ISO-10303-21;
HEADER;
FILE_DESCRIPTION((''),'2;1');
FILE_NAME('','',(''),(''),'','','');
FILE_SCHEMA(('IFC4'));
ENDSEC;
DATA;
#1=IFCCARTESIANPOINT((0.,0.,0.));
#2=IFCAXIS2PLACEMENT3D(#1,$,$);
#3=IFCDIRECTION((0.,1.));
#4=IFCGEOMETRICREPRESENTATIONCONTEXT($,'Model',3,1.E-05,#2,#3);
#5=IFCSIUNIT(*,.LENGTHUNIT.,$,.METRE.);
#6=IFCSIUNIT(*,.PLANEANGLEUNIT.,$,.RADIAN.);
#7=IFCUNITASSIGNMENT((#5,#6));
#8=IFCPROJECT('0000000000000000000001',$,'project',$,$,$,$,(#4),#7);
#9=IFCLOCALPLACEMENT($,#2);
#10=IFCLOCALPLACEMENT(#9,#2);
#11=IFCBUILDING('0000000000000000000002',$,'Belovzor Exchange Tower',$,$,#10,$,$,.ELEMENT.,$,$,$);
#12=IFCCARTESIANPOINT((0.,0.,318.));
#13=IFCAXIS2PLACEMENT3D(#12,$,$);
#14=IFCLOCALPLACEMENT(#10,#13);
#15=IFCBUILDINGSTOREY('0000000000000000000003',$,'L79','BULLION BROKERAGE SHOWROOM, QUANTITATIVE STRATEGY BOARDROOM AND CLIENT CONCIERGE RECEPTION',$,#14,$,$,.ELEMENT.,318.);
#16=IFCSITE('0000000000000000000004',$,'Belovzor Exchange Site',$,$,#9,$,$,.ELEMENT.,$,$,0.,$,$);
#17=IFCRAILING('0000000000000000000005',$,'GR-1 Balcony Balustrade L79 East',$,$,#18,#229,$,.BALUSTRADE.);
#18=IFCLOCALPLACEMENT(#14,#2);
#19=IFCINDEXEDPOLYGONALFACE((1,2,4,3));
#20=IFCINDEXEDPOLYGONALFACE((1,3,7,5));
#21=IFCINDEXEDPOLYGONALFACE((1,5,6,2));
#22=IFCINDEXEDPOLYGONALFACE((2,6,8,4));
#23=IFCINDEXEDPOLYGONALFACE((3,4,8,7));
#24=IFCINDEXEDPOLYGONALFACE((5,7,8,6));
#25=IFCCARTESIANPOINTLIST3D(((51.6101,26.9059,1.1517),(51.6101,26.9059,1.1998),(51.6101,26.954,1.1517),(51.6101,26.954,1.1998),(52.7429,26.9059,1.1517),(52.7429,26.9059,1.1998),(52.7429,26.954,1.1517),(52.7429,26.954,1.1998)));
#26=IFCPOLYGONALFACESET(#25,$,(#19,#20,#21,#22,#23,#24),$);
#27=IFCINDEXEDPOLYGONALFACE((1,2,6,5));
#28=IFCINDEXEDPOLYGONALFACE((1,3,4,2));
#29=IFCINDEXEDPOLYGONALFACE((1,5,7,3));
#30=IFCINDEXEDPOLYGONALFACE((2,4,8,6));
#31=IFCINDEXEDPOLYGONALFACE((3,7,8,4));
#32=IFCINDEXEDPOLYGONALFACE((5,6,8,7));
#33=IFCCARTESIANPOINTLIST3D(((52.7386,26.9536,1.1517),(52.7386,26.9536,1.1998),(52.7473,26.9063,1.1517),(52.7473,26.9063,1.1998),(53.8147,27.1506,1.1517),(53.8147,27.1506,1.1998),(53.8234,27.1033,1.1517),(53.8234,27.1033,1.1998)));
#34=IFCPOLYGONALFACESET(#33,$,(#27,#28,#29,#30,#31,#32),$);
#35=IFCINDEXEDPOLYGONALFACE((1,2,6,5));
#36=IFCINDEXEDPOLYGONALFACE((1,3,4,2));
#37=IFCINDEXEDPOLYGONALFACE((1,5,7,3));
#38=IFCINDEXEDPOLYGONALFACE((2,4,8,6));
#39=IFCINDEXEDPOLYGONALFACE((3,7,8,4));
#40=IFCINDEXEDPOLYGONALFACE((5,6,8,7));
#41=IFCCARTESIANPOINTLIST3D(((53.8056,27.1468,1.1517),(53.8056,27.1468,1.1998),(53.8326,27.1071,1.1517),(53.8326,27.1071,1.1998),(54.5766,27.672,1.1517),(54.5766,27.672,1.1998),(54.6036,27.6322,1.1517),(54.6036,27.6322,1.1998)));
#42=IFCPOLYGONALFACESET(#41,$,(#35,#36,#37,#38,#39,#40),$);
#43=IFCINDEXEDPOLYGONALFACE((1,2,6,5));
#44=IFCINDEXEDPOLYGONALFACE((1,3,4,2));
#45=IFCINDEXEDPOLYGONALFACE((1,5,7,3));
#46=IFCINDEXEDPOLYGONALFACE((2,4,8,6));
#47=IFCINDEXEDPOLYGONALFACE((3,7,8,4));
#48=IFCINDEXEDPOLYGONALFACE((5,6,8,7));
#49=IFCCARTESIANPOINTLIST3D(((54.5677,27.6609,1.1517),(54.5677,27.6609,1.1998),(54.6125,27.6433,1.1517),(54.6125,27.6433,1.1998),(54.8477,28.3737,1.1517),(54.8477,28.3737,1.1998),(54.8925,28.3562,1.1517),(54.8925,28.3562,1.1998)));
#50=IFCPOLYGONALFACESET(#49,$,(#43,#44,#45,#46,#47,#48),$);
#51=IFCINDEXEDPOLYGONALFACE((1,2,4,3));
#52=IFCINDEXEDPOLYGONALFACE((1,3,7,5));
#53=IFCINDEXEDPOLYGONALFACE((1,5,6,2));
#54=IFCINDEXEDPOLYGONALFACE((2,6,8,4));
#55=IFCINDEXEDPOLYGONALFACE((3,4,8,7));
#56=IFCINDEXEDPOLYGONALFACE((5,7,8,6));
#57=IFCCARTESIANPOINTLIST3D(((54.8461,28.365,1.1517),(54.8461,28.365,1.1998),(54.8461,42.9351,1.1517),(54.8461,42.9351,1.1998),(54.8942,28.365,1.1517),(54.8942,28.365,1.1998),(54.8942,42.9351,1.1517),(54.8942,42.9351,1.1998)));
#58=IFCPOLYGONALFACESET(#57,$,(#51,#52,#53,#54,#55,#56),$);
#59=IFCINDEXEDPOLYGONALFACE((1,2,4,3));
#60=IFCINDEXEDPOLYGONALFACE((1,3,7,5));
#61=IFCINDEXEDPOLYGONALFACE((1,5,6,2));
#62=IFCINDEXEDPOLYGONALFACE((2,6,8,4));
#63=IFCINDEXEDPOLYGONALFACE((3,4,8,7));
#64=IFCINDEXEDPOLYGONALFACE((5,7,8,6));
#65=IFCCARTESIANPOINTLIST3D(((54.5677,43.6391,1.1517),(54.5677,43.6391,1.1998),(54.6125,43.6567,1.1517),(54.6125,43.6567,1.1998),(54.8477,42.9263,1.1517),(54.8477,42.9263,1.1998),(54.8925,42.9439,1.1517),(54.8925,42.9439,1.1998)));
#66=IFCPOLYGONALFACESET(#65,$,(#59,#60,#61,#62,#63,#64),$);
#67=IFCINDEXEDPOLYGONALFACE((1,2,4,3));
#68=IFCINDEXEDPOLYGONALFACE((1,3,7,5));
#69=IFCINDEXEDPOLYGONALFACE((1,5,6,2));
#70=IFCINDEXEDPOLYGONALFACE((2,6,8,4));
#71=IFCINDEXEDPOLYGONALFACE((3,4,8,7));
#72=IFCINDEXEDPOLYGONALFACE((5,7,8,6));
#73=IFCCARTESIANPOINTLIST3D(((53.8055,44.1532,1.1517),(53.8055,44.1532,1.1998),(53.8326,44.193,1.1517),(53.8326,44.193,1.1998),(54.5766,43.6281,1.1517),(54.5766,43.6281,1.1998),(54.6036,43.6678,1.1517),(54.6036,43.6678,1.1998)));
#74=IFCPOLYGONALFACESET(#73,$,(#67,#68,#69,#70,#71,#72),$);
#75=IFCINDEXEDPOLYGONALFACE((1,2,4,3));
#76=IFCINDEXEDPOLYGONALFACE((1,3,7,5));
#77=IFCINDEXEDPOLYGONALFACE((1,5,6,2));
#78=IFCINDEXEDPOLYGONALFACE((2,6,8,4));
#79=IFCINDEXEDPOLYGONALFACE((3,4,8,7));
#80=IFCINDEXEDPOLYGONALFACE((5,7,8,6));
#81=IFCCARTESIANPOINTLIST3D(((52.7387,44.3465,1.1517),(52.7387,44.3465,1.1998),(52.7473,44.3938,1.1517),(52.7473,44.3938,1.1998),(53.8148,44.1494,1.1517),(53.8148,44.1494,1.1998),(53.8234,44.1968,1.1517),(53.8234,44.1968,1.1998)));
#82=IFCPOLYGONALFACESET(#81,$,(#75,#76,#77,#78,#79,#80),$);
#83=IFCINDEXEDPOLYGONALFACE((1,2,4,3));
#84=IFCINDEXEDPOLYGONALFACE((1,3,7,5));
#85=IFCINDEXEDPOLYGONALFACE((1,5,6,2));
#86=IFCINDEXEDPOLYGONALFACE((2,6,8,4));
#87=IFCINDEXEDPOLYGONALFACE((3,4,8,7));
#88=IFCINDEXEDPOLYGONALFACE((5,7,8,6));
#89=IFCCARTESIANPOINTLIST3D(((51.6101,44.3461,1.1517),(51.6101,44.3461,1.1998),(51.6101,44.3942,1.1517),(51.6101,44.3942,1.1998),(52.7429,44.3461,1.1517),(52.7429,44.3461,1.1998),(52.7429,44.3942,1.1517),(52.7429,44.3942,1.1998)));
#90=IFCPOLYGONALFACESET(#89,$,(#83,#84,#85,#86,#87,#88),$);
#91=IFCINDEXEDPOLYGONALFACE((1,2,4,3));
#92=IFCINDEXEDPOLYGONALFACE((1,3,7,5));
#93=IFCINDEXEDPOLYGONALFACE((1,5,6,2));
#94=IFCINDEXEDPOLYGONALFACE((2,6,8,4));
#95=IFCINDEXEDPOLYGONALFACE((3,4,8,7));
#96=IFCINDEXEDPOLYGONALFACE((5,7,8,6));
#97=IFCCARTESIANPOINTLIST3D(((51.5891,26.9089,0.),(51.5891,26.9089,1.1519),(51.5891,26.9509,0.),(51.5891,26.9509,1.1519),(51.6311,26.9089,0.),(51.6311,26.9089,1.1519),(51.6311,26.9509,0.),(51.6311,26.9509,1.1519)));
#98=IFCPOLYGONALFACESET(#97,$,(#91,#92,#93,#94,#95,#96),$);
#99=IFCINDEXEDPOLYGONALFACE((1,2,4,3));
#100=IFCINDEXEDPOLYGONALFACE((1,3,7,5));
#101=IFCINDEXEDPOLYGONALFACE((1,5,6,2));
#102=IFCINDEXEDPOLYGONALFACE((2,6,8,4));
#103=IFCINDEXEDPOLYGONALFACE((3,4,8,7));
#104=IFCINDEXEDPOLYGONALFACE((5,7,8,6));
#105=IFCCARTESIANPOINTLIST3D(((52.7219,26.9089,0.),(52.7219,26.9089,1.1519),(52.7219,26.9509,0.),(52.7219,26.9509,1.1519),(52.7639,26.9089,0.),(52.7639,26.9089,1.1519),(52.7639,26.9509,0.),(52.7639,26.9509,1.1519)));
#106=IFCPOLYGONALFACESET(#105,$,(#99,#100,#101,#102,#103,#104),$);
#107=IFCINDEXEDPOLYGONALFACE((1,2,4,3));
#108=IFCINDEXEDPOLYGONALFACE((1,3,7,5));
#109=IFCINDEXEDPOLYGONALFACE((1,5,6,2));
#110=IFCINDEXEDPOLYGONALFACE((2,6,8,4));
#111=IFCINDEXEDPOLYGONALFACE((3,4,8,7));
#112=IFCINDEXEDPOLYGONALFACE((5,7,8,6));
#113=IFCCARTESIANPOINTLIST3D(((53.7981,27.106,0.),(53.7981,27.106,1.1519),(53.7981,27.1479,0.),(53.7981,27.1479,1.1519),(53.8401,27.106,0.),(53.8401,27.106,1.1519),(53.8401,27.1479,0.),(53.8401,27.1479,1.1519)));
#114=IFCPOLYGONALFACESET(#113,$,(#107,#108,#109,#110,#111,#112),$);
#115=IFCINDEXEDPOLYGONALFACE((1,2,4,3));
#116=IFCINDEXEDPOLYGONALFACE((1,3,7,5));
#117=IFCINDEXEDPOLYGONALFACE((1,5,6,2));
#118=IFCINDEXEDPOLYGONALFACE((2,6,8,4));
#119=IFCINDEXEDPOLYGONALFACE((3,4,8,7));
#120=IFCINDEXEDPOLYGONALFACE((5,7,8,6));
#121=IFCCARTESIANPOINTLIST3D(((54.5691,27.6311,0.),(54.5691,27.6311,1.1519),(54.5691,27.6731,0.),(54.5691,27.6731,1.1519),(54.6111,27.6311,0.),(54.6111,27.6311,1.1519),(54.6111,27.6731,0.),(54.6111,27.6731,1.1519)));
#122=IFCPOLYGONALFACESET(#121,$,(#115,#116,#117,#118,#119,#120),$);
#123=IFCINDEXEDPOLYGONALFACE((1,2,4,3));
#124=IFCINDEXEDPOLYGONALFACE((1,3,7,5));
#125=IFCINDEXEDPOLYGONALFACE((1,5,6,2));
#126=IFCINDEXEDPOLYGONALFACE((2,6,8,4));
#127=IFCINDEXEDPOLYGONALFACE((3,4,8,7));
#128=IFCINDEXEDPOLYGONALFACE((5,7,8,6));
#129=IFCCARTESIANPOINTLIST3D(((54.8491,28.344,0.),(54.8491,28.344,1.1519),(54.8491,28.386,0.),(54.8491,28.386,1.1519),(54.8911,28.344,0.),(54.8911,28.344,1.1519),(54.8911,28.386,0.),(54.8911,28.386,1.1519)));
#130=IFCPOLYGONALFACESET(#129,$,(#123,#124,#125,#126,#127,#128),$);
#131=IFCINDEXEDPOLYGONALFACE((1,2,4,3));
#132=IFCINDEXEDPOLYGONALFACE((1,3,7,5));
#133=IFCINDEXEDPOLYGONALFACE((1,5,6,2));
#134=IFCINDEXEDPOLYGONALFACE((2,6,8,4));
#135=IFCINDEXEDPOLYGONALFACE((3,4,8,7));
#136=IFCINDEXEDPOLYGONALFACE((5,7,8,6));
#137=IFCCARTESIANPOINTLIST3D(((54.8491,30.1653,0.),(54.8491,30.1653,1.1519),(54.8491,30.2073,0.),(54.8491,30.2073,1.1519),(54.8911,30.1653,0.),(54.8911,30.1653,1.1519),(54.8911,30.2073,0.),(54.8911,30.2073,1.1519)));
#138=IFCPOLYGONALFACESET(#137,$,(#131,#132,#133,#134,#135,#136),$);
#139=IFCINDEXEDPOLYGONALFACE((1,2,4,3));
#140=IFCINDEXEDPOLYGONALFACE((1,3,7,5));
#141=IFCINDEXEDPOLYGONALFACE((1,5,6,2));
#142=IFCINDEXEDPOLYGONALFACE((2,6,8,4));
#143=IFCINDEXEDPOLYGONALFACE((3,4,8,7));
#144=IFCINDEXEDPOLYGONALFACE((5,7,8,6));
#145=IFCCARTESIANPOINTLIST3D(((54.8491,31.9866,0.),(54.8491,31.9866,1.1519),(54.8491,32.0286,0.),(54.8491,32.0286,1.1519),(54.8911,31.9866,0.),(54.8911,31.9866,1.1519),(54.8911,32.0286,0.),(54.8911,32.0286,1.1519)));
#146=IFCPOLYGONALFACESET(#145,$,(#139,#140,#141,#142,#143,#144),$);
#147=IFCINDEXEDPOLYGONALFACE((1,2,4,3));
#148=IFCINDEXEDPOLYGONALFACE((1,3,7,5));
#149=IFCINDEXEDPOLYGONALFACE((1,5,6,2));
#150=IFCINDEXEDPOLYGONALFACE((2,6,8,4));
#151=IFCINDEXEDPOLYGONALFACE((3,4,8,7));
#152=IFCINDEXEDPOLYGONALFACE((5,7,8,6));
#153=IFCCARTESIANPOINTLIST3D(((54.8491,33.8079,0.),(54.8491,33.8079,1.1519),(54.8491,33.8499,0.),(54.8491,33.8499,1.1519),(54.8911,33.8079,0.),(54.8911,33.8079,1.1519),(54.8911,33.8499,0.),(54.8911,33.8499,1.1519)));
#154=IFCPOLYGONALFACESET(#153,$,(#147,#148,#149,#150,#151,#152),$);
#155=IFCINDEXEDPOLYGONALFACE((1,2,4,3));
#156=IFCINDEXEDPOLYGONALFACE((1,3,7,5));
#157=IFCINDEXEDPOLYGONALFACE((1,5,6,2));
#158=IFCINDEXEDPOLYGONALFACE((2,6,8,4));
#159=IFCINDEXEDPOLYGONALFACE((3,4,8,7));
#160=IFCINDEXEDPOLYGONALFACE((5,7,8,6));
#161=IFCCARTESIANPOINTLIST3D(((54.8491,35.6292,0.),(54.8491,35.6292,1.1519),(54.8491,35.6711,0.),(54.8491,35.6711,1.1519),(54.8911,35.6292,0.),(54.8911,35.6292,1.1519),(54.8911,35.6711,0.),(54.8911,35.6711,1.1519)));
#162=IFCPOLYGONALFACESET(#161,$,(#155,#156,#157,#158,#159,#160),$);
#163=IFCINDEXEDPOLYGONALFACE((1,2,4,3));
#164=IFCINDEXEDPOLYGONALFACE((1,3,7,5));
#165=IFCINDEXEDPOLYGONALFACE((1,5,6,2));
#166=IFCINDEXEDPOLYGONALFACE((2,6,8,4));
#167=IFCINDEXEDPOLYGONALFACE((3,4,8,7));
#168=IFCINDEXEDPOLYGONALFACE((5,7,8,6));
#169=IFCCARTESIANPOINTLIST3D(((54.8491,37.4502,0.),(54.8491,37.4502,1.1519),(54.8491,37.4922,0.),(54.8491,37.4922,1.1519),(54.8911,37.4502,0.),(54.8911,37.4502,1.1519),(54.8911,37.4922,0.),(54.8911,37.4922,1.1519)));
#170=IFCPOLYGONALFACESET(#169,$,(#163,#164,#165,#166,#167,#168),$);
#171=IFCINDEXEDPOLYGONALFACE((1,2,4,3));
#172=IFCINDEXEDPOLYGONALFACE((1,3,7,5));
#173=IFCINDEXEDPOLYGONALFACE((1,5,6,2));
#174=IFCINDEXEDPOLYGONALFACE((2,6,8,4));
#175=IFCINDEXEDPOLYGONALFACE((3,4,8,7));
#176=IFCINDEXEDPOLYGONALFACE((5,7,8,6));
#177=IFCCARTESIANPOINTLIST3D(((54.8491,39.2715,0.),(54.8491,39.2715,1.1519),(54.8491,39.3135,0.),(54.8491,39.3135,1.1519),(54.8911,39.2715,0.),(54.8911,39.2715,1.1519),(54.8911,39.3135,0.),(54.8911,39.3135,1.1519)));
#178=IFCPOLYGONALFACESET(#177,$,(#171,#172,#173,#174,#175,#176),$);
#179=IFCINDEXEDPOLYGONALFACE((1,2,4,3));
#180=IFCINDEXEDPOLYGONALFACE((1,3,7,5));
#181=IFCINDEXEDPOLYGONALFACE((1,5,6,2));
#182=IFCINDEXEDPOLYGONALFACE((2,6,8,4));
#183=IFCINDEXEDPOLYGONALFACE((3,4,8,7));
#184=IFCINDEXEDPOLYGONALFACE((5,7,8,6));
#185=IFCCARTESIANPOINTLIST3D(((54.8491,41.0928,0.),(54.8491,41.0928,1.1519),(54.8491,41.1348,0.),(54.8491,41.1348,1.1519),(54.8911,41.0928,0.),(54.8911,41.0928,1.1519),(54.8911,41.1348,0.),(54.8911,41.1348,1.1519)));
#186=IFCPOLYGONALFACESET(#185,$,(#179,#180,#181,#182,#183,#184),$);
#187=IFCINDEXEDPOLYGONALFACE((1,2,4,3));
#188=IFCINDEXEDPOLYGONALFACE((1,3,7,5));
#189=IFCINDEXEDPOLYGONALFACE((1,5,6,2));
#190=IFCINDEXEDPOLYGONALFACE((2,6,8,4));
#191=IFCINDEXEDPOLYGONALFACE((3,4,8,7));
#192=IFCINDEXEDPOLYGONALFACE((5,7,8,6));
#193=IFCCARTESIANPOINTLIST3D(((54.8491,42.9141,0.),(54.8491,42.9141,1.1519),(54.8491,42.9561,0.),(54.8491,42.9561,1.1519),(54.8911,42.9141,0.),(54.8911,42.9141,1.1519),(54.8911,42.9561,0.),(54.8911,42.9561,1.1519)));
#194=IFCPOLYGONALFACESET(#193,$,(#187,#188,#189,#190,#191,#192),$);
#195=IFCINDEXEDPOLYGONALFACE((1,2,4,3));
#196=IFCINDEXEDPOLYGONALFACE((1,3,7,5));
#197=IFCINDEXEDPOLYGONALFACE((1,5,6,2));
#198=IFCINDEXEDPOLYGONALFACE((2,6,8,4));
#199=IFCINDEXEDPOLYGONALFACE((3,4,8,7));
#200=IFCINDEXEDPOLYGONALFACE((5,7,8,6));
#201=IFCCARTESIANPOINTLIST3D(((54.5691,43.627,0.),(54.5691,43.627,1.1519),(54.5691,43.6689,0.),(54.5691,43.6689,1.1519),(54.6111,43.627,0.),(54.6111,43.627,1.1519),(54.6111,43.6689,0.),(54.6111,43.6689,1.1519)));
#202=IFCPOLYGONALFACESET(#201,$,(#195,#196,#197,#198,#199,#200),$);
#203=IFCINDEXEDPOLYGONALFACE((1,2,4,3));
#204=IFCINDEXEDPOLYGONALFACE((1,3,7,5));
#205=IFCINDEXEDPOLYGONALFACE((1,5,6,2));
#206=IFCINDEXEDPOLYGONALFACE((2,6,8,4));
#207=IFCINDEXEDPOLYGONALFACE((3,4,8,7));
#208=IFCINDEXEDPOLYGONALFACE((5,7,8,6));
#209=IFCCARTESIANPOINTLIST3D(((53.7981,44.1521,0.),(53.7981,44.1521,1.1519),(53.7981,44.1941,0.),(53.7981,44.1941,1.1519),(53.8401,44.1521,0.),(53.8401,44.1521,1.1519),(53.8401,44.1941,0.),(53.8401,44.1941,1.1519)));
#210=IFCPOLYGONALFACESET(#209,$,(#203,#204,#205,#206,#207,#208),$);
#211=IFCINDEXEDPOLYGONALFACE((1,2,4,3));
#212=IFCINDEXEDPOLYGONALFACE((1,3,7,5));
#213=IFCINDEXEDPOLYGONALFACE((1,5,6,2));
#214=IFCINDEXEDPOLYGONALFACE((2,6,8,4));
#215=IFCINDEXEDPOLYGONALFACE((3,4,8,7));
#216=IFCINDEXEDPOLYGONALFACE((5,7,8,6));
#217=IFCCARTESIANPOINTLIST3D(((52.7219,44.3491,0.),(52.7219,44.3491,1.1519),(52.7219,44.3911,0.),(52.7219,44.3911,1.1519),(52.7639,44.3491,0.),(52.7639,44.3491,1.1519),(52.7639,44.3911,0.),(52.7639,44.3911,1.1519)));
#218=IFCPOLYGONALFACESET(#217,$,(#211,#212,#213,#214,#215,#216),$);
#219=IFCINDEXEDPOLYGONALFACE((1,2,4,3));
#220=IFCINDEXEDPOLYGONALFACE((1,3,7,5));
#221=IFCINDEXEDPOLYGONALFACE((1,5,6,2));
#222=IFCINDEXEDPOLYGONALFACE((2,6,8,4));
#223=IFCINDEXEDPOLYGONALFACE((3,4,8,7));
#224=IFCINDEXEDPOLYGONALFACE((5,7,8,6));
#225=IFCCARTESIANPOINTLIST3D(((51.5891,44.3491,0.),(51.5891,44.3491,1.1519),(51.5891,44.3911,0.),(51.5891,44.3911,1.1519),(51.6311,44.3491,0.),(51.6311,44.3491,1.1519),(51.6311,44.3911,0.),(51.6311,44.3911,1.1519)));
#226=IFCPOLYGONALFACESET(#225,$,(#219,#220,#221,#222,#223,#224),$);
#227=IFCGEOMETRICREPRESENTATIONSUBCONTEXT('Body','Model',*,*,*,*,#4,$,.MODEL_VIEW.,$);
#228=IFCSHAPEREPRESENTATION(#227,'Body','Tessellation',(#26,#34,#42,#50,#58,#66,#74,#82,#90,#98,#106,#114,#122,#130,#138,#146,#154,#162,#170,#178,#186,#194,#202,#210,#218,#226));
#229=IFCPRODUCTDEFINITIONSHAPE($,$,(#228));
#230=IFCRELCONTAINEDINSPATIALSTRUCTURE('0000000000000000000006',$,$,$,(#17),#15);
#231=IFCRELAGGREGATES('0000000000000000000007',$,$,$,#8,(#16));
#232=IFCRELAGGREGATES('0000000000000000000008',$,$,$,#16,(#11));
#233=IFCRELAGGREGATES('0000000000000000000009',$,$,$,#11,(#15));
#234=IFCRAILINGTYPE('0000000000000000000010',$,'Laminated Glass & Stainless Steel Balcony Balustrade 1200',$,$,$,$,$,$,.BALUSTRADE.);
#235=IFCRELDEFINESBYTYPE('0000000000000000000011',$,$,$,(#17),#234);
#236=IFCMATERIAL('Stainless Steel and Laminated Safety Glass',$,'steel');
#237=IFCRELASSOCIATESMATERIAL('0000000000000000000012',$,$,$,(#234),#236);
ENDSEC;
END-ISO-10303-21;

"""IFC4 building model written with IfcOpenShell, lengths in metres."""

from ifc_helpers import new_model, si_unit, direction, frame, origin, origin_2d, place, context, subcontext, project, spatial, rectangle, extrude, material, type_object, element, save


model = new_model("IFC4")

# Units and contexts
model_context = context("Model", 3, precision=1e-05, world=origin(), true_north=direction((0.0, 1.0)))
body_context = subcontext(model_context, "Body", "Model", "MODEL_VIEW")
ifc_project = project(units=[si_unit("LENGTHUNIT", "METRE"), si_unit("PLANEANGLEUNIT", "RADIAN")], contexts=[model_context])

# Site, building, storey
site_placement = place(None, origin())
site = spatial("IfcSite", under=ifc_project, at=site_placement, Name="Belovzor Exchange Site", CompositionType="ELEMENT", RefElevation=0.0)
building_placement = place(site_placement, origin())
building = spatial("IfcBuilding", under=site, at=building_placement, Name="Belovzor Exchange Tower", CompositionType="ELEMENT")
storey_placement = place(building_placement, frame((0.0, 0.0, 318.0)))
storey = spatial("IfcBuildingStorey", under=building, at=storey_placement, Name="L79", Description="BULLION BROKERAGE SHOWROOM, QUANTITATIVE STRATEGY BOARDROOM AND CLIENT CONCIERGE RECEPTION", CompositionType="ELEMENT", Elevation=318.0)

# Railing
ifc_material_1 = material(Name="Stainless Steel and Laminated Safety Glass", Category="steel")
railing_type = type_object("IfcRailingType", Name="Laminated Glass & Stainless Steel Balcony Balustrade 1200", PredefinedType="BALUSTRADE", material=ifc_material_1)
railing_placement = place(storey_placement, frame((51.6101, 26.9299, 0.0)))
element("IfcRailing", 1, at=railing_placement, inside=storey, type_object=railing_type, Name="GR-1 Balcony Balustrade L79 East", PredefinedType="BALUSTRADE", context=body_context, shape_type="SweptSolid", body=[
    extrude(rectangle(XDim=0.0481, YDim=0.0481, at=origin_2d()), frame((0.0, 0.0, 1.1758), z_axis=(1.0, 0.0, 0.0), x_axis=(0.0, 1.0, 0.0)), (0.0, 0.0, 1.0), 1.1328),
    extrude(rectangle(XDim=0.0481, YDim=0.0481, at=origin_2d()), frame((1.1328, 0.0, 1.1758), z_axis=(0.983651, 0.180083, 0.0), x_axis=(-0.180083, 0.983651, 0.0)), (0.0, 0.0, 1.0), 1.094),
    extrude(rectangle(XDim=0.0481, YDim=0.0481, at=origin_2d()), frame((2.209, 0.197, 1.1758), z_axis=(0.826493, 0.562947, 0.0), x_axis=(-0.562947, 0.826493, 0.0)), (0.0, 0.0, 1.0), 0.9329),
    extrude(rectangle(XDim=0.0481, YDim=0.0481, at=origin_2d()), frame((2.98, 0.7222, 1.1758), z_axis=(0.365613, 0.930767, 0.0), x_axis=(-0.930767, 0.365613, 0.0)), (0.0, 0.0, 1.0), 0.7659),
    extrude(rectangle(XDim=0.0481, YDim=0.0481, at=origin_2d()), frame((3.26, 1.4351, 1.1758), z_axis=(0.0, 1.0, 0.0), x_axis=(-1.0, 0.0, 0.0)), (0.0, 0.0, 1.0), 14.5701),
    extrude(rectangle(XDim=0.0481, YDim=0.0481, at=origin_2d()), frame((3.26, 16.0051, 1.1758), z_axis=(-0.365613, 0.930767, 0.0), x_axis=(-0.930767, -0.365613, 0.0)), (0.0, 0.0, 1.0), 0.7659),
    extrude(rectangle(XDim=0.0481, YDim=0.0481, at=origin_2d()), frame((2.98, 16.718, 1.1758), z_axis=(-0.826493, 0.562947, 0.0), x_axis=(-0.562947, -0.826493, 0.0)), (0.0, 0.0, 1.0), 0.9329),
    extrude(rectangle(XDim=0.0481, YDim=0.0481, at=origin_2d()), frame((2.209, 17.2432, 1.1758), z_axis=(-0.983651, 0.180083, 0.0), x_axis=(-0.180083, -0.983651, 0.0)), (0.0, 0.0, 1.0), 1.094),
    extrude(rectangle(XDim=0.0481, YDim=0.0481, at=origin_2d()), frame((1.1328, 17.4402, 1.1758), z_axis=(-1.0, 0.0, 0.0), x_axis=(0.0, -1.0, 0.0)), (0.0, 0.0, 1.0), 1.1328),
    extrude(rectangle(XDim=0.042, YDim=0.042, at=origin_2d()), origin(), (0.0, 0.0, 1.0), 1.1519),
    extrude(rectangle(XDim=0.042, YDim=0.042, at=origin_2d()), frame((1.1328, 0.0, 0.0)), (0.0, 0.0, 1.0), 1.1519),
    extrude(rectangle(XDim=0.042, YDim=0.042, at=origin_2d()), frame((2.209, 0.197, 0.0)), (0.0, 0.0, 1.0), 1.1519),
    extrude(rectangle(XDim=0.042, YDim=0.042, at=origin_2d()), frame((2.98, 0.7222, 0.0)), (0.0, 0.0, 1.0), 1.1519),
    extrude(rectangle(XDim=0.042, YDim=0.042, at=origin_2d()), frame((3.26, 1.4351, 0.0)), (0.0, 0.0, 1.0), 1.1519),
    extrude(rectangle(XDim=0.042, YDim=0.042, at=origin_2d()), frame((3.26, 3.2563, 0.0)), (0.0, 0.0, 1.0), 1.1519),
    extrude(rectangle(XDim=0.042, YDim=0.042, at=origin_2d()), frame((3.26, 5.0776, 0.0)), (0.0, 0.0, 1.0), 1.1519),
    extrude(rectangle(XDim=0.042, YDim=0.042, at=origin_2d()), frame((3.26, 6.8989, 0.0)), (0.0, 0.0, 1.0), 1.1519),
    extrude(rectangle(XDim=0.042, YDim=0.042, at=origin_2d()), frame((3.26, 8.7202, 0.0)), (0.0, 0.0, 1.0), 1.1519),
    extrude(rectangle(XDim=0.042, YDim=0.042, at=origin_2d()), frame((3.26, 10.5413, 0.0)), (0.0, 0.0, 1.0), 1.1519),
    extrude(rectangle(XDim=0.042, YDim=0.042, at=origin_2d()), frame((3.26, 12.3625, 0.0)), (0.0, 0.0, 1.0), 1.1519),
    extrude(rectangle(XDim=0.042, YDim=0.042, at=origin_2d()), frame((3.26, 14.1838, 0.0)), (0.0, 0.0, 1.0), 1.1519),
    extrude(rectangle(XDim=0.042, YDim=0.042, at=origin_2d()), frame((3.26, 16.0051, 0.0)), (0.0, 0.0, 1.0), 1.1519),
    extrude(rectangle(XDim=0.042, YDim=0.042, at=origin_2d()), frame((2.98, 16.718, 0.0)), (0.0, 0.0, 1.0), 1.1519),
    extrude(rectangle(XDim=0.042, YDim=0.042, at=origin_2d()), frame((2.209, 17.2432, 0.0)), (0.0, 0.0, 1.0), 1.1519),
    extrude(rectangle(XDim=0.042, YDim=0.042, at=origin_2d()), frame((1.1328, 17.4402, 0.0)), (0.0, 0.0, 1.0), 1.1519),
    extrude(rectangle(XDim=0.042, YDim=0.042, at=origin_2d()), frame((0.0, 17.4402, 0.0)), (0.0, 0.0, 1.0), 1.1519),
])

save(model, "model.ifc")
